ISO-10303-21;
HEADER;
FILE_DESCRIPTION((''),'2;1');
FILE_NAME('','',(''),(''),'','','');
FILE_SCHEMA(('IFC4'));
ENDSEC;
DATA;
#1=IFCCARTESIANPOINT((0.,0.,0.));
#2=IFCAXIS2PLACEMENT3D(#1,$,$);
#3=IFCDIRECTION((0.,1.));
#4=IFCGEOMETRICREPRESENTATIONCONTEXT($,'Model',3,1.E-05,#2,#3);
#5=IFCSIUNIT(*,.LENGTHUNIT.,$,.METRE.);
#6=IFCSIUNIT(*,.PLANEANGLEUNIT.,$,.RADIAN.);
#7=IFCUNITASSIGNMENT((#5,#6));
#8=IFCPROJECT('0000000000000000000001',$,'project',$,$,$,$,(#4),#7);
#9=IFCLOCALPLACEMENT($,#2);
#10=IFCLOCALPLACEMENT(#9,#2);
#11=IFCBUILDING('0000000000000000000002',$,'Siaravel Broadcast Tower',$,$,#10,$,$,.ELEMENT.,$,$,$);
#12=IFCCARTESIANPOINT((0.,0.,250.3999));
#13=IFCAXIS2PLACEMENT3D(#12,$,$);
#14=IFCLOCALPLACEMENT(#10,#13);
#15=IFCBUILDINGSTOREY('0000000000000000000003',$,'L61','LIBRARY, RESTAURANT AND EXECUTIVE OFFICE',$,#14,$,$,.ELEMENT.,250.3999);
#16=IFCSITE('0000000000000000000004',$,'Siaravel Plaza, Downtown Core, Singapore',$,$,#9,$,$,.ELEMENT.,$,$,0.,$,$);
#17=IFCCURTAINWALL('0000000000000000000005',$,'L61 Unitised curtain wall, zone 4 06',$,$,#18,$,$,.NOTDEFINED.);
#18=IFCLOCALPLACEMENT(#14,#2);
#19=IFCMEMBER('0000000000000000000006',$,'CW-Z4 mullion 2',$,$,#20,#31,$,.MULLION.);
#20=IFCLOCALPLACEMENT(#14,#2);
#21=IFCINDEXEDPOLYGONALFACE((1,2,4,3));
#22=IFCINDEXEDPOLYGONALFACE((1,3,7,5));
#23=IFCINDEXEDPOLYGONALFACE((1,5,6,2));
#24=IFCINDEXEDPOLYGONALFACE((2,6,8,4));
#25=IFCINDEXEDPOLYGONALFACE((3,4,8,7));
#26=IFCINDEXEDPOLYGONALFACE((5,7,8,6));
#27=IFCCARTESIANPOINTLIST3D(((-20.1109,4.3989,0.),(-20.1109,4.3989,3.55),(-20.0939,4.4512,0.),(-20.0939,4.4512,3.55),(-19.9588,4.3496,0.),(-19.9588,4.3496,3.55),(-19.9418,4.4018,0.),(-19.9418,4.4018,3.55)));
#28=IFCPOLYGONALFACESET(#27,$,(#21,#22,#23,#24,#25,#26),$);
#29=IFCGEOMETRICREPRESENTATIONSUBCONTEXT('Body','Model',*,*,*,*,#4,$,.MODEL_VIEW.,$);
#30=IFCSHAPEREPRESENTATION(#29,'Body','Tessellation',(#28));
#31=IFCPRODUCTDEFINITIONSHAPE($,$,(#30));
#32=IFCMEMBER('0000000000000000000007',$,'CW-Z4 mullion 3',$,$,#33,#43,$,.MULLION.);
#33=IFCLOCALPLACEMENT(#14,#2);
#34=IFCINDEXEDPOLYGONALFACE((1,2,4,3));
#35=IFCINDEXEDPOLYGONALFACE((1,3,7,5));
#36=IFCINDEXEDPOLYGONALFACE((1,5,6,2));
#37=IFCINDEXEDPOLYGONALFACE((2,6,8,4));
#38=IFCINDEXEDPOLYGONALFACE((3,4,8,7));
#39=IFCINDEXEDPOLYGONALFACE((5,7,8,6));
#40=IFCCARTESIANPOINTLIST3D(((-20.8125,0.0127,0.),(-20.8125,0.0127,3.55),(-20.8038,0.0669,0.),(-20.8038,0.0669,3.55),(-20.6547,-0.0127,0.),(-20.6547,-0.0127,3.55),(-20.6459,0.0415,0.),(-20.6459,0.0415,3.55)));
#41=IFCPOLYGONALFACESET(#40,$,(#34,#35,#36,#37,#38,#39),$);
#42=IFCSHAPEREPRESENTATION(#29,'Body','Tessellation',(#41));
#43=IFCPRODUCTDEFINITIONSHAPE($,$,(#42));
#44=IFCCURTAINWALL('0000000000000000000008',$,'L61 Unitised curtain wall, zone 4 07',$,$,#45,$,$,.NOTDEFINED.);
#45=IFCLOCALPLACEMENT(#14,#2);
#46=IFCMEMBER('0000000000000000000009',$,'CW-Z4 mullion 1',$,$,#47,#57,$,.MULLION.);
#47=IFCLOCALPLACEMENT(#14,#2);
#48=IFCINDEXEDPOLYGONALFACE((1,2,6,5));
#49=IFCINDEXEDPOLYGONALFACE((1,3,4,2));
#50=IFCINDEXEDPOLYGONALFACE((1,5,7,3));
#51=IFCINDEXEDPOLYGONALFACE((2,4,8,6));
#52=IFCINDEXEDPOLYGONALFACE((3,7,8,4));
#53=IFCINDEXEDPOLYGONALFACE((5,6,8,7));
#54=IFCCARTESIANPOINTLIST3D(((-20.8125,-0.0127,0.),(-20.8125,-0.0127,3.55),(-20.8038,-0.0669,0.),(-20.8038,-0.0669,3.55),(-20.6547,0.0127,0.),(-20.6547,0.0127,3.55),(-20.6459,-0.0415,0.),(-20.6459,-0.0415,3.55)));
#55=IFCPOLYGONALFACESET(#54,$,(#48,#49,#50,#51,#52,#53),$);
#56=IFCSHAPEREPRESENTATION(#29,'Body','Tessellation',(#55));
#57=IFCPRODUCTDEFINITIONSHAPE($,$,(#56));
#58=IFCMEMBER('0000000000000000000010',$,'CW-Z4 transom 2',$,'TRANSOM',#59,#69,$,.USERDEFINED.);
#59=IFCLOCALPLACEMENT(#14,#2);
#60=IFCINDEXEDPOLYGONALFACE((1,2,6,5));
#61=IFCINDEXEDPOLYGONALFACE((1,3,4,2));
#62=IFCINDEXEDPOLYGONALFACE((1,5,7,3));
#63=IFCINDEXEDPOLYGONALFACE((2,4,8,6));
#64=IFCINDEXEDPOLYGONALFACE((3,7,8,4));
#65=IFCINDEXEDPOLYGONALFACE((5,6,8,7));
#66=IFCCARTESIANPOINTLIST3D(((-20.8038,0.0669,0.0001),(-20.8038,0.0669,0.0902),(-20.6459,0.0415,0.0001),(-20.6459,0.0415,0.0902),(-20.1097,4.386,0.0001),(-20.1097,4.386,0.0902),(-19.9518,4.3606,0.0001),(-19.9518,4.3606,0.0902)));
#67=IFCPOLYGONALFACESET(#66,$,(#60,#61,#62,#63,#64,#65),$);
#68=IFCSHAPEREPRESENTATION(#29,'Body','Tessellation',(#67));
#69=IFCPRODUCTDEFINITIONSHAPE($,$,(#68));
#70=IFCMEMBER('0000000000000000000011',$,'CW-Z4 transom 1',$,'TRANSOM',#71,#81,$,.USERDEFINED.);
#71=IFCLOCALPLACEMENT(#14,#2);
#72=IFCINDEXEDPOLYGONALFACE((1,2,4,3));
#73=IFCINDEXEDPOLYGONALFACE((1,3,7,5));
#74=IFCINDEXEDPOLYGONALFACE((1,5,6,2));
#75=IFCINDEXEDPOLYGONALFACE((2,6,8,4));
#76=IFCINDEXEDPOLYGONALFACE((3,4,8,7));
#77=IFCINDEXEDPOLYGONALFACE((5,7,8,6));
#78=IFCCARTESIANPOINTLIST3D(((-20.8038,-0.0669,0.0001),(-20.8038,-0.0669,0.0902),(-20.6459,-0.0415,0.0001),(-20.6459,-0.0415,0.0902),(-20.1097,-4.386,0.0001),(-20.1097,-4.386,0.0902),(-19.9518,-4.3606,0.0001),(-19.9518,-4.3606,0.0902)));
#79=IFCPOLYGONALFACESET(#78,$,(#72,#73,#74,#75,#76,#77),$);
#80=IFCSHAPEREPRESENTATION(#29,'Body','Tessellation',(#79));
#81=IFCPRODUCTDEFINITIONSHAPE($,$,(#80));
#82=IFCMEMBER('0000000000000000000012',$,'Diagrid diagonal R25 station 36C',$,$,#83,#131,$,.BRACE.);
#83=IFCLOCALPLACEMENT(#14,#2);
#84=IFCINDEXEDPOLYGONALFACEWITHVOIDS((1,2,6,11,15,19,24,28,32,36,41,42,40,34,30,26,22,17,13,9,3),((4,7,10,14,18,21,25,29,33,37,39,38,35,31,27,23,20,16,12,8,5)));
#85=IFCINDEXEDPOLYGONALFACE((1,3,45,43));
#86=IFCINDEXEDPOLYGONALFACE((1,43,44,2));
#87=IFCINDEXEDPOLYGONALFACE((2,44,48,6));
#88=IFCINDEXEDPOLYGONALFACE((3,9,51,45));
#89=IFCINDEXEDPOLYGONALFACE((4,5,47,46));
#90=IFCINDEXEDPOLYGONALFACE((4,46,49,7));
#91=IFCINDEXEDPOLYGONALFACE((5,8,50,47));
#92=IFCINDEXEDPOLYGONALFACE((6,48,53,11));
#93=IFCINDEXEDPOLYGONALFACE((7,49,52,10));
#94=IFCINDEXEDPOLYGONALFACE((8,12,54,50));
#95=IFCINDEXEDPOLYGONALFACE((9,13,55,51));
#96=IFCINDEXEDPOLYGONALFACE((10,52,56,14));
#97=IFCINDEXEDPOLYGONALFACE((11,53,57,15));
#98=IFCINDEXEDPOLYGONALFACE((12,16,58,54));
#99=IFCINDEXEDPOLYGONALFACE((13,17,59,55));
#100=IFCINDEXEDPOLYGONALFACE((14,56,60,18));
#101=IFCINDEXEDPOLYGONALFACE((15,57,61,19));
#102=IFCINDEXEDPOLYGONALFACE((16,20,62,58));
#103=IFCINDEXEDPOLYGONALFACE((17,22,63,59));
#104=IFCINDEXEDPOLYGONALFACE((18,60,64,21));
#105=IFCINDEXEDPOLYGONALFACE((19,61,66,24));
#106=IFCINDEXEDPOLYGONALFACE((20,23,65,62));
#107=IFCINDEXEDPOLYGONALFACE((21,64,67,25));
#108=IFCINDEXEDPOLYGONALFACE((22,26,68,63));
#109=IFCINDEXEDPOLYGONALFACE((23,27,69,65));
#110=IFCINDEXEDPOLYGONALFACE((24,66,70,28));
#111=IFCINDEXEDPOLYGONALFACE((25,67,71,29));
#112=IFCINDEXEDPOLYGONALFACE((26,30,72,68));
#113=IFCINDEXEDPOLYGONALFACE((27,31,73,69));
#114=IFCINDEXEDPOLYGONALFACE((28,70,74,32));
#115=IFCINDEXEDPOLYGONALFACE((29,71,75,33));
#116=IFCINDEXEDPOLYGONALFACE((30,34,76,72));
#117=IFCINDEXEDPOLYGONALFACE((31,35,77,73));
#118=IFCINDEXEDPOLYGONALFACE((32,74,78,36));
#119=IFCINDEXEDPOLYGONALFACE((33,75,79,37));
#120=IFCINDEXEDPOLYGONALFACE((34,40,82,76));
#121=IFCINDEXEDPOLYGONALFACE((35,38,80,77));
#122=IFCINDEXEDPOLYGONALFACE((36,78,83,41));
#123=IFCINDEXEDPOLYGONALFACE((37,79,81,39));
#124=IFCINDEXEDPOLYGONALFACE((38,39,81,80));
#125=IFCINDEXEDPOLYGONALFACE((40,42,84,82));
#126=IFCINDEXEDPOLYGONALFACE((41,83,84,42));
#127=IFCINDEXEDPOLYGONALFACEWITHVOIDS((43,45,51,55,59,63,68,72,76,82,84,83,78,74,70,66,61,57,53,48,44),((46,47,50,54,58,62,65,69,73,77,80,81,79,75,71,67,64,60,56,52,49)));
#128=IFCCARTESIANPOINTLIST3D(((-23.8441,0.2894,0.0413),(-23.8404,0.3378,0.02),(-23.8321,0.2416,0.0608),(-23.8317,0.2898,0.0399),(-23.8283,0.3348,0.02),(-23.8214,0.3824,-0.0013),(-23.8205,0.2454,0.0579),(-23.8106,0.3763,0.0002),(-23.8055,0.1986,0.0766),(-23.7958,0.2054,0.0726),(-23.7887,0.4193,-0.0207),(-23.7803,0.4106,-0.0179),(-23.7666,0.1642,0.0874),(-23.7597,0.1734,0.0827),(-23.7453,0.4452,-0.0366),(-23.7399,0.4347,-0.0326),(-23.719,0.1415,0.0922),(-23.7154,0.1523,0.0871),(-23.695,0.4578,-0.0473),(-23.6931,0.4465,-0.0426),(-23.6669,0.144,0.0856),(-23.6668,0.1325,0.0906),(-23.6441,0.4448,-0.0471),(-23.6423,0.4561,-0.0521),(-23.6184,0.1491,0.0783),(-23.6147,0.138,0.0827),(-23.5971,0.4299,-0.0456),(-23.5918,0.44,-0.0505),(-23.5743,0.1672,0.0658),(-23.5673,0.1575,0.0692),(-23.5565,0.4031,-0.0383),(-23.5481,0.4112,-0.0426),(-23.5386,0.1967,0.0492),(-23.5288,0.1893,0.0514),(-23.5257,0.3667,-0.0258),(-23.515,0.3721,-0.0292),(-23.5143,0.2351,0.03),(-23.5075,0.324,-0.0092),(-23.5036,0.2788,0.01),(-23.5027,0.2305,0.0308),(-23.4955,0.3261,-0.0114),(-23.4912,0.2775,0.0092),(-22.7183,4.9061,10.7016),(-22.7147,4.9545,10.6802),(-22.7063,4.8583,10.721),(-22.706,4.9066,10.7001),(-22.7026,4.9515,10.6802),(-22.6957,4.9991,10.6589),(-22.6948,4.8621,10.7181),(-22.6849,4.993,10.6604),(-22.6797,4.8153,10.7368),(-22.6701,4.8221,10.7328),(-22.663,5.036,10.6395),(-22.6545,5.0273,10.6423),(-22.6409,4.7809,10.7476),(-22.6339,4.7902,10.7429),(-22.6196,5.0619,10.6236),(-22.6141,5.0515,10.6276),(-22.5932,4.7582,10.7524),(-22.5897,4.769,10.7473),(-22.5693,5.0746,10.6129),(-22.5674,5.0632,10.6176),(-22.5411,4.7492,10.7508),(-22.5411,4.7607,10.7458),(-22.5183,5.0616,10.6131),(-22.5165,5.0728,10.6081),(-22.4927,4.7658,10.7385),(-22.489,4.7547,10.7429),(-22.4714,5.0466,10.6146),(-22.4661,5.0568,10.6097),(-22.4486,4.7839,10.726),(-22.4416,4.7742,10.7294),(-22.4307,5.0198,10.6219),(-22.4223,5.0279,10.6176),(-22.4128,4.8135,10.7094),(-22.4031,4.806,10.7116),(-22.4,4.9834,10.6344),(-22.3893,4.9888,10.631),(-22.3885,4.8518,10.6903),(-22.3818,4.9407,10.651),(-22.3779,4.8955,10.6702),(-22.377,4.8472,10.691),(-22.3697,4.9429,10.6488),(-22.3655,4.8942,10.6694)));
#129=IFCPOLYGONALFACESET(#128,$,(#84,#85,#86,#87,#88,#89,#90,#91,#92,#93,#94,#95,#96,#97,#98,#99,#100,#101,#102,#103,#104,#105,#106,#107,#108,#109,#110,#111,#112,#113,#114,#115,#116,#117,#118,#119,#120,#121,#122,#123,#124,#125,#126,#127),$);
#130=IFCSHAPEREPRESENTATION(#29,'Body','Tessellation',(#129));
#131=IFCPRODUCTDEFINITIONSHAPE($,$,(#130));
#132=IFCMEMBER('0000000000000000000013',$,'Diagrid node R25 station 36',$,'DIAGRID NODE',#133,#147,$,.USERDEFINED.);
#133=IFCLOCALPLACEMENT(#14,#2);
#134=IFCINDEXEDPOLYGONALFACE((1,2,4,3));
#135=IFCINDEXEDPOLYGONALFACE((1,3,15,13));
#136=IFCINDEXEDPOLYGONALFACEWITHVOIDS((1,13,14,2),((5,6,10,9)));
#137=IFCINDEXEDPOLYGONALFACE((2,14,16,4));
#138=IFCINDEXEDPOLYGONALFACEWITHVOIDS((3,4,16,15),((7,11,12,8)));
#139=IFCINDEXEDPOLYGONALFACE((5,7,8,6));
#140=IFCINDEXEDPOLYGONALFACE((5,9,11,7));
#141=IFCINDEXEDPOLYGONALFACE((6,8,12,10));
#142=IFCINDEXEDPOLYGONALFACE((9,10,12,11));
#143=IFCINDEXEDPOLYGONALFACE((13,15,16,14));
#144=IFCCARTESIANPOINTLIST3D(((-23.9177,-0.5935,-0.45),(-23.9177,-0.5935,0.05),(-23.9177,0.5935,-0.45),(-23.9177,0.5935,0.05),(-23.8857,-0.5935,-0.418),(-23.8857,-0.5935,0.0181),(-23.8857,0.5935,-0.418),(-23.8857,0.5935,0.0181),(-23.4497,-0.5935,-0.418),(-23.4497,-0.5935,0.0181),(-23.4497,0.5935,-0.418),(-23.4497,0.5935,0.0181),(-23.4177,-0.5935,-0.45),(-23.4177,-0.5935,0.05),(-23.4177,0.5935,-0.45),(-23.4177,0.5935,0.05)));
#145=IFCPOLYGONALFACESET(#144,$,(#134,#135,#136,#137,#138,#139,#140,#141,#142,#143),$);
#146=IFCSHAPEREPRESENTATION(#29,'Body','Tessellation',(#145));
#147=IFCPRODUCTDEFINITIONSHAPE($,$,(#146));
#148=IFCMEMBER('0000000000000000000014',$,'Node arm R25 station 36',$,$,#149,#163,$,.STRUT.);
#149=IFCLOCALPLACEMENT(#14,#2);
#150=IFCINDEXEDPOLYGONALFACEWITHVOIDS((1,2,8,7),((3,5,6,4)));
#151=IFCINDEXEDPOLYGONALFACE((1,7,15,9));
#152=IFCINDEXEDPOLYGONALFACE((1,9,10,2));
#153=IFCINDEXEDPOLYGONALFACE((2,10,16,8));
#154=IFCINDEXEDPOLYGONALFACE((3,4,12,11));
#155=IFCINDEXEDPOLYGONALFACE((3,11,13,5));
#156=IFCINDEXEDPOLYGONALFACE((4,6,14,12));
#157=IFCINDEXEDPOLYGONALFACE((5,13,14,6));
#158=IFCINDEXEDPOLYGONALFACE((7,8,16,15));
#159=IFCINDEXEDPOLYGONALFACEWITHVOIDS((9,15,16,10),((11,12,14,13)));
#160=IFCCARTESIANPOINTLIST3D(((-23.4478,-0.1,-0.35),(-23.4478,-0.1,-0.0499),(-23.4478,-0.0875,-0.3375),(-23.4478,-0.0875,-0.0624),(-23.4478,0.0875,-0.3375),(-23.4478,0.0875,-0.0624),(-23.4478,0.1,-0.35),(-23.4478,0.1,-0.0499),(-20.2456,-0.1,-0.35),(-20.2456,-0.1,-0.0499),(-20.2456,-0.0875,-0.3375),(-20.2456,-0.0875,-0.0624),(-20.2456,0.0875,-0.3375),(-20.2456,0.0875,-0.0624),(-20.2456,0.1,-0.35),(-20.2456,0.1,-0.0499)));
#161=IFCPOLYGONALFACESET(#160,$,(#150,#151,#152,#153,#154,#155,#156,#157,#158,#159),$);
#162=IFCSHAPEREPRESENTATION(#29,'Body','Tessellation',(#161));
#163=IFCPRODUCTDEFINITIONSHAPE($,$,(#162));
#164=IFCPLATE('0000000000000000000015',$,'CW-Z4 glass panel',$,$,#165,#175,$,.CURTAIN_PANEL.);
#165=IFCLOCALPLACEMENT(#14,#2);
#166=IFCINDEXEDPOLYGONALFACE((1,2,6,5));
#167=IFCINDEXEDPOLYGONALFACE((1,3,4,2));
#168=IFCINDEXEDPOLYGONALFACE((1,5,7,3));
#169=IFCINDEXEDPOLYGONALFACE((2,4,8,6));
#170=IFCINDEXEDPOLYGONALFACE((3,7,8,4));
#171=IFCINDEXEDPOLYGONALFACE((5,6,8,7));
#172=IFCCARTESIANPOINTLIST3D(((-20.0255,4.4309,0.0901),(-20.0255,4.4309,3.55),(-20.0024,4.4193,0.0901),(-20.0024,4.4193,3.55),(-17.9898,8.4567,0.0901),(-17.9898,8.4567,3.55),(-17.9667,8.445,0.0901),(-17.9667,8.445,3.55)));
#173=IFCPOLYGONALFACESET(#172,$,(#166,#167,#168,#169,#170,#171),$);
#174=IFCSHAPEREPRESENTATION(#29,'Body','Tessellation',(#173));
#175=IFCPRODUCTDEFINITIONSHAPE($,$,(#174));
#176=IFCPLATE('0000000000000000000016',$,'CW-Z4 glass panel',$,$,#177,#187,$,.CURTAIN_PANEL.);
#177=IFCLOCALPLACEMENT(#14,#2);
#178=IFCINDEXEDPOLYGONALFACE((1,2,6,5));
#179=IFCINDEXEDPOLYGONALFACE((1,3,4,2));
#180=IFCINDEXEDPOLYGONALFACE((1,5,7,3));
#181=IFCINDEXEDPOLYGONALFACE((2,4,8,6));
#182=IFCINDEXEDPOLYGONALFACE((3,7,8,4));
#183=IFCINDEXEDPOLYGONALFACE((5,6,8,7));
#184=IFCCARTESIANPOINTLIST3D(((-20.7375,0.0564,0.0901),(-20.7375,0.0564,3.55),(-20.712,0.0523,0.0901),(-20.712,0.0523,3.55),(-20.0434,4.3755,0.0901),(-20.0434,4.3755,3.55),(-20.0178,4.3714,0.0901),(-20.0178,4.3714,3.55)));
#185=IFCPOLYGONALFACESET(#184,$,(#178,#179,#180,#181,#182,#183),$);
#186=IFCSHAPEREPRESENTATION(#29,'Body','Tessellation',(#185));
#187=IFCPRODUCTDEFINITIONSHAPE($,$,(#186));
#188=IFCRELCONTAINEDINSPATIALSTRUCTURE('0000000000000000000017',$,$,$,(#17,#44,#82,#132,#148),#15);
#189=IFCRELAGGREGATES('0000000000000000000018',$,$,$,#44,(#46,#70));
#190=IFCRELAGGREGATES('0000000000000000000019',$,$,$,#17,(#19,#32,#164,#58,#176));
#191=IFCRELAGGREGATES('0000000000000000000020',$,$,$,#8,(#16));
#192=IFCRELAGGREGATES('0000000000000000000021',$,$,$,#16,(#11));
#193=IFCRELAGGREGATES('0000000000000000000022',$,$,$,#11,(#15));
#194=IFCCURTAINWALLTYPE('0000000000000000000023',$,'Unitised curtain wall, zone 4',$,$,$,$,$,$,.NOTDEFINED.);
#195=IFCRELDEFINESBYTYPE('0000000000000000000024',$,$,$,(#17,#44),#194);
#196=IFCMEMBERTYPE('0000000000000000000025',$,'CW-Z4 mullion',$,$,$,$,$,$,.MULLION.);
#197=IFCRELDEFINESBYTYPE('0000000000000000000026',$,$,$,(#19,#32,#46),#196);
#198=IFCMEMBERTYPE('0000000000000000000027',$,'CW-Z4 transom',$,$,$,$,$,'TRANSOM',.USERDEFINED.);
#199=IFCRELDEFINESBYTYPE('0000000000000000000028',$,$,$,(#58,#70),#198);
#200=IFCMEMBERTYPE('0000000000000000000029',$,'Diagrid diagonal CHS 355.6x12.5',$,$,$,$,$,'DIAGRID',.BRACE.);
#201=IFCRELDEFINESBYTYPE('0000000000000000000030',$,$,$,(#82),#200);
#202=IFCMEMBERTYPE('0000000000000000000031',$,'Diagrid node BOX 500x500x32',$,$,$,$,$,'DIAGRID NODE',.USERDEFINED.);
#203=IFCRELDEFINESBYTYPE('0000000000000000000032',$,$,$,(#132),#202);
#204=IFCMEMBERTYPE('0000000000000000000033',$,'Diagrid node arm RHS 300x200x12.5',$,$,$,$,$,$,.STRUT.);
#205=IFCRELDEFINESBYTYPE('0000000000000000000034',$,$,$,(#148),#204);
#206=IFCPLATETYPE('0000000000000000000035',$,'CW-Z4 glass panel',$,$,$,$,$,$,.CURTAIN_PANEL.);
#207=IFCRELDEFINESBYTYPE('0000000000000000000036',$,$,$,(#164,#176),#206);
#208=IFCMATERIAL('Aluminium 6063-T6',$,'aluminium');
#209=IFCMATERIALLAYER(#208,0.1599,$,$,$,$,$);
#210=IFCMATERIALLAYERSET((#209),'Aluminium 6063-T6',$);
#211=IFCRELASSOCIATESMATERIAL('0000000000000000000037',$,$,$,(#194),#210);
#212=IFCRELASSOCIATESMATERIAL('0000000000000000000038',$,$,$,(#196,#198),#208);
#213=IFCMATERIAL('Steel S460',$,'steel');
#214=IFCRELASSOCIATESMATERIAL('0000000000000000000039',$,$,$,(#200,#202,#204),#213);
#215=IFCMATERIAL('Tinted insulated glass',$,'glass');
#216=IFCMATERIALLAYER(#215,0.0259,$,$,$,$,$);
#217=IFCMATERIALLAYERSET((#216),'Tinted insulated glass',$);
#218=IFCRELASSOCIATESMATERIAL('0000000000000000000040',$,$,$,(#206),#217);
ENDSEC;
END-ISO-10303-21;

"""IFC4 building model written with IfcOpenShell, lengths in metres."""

from ifc_helpers import new_model, si_unit, direction, frame, origin, origin_2d, place, context, subcontext, project, spatial, rectangle, hollow_rectangle, hollow_circle, extrude, material, layer, layer_set, material_profile, profile_set, type_object, element, aggregate, save


model = new_model("IFC4")

# Units and contexts
model_context = context("Model", 3, precision=1e-05, world=origin(), true_north=direction((0.0, 1.0)))
body_context = subcontext(model_context, "Body", "Model", "MODEL_VIEW")
ifc_project = project(units=[si_unit("LENGTHUNIT", "METRE"), si_unit("PLANEANGLEUNIT", "RADIAN")], contexts=[model_context])

# Site, building, storey
site_placement = place(None, origin())
site = spatial("IfcSite", under=ifc_project, at=site_placement, Name="Siaravel Plaza, Downtown Core, Singapore", CompositionType="ELEMENT", RefElevation=0.0)
building_placement = place(site_placement, origin())
building = spatial("IfcBuilding", under=site, at=building_placement, Name="Siaravel Broadcast Tower", CompositionType="ELEMENT")
storey_placement = place(building_placement, frame((0.0, 0.0, 250.3999)))
storey = spatial("IfcBuildingStorey", under=building, at=storey_placement, Name="L61", Description="LIBRARY, RESTAURANT AND EXECUTIVE OFFICE", CompositionType="ELEMENT", Elevation=250.3999)

# Curtain wall, members
ifc_material_1 = material(Name="Aluminium 6063-T6", Category="aluminium")
ifc_layer_1 = layer(ifc_material_1, 0.1599)
ifc_layer_set_1 = layer_set([ifc_layer_1], Name="Aluminium 6063-T6")
curtain_wall_type = type_object("IfcCurtainWallType", Name="Unitised curtain wall, zone 4", PredefinedType="NOTDEFINED", material=ifc_layer_set_1)
curtain_wall_1_placement = place(storey_placement, origin())
curtain_wall_1 = element("IfcCurtainWall", 1, at=curtain_wall_1_placement, inside=storey, type_object=curtain_wall_type, Name="L61 Unitised curtain wall, zone 4 06", PredefinedType="NOTDEFINED")
ifc_material_profile_1 = material_profile(ifc_material_1, rectangle(XDim=0.1599, YDim=0.0549, at=origin_2d()))
ifc_profile_set_1 = profile_set([ifc_material_profile_1], Name="Aluminium 6063-T6")
member_type_1 = type_object("IfcMemberType", Name="CW-Z4 mullion", PredefinedType="MULLION", material=ifc_profile_set_1)
member_1_placement = place(storey_placement, frame((-20.0264, 4.4004, 0.0), z_axis=(0.0, 0.0, 1.0), x_axis=(0.951178, -0.308644, 0.0)))
member_1 = element("IfcMember", 2, at=member_1_placement, type_object=member_type_1, Name="CW-Z4 mullion 2", PredefinedType="MULLION", context=body_context, shape_type="SweptSolid", body=[
    extrude(rectangle(XDim=0.1599, YDim=0.0549, at=origin_2d()), origin(), (0.0, 0.0, 1.0), 3.55),
])
member_2_placement = place(storey_placement, frame((-20.7292, 0.0271, 0.0), z_axis=(0.0, 0.0, 1.0), x_axis=(0.987329, -0.158685, 0.0)))
member_2 = element("IfcMember", 3, at=member_2_placement, type_object=member_type_1, Name="CW-Z4 mullion 3", PredefinedType="MULLION", context=body_context, shape_type="SweptSolid", body=[
    extrude(rectangle(XDim=0.1599, YDim=0.0549, at=origin_2d()), origin(), (0.0, 0.0, 1.0), 3.55),
])

# Curtain wall, member
curtain_wall_2_placement = place(storey_placement, origin())
curtain_wall_2 = element("IfcCurtainWall", 4, at=curtain_wall_2_placement, inside=storey, type_object=curtain_wall_type, Name="L61 Unitised curtain wall, zone 4 07", PredefinedType="NOTDEFINED")
member_3_placement = place(storey_placement, frame((-20.7292, -0.0271, 0.0), z_axis=(0.0, 0.0, 1.0), x_axis=(0.987329, 0.158685, 0.0)))
member_3 = element("IfcMember", 5, at=member_3_placement, type_object=member_type_1, Name="CW-Z4 mullion 1", PredefinedType="MULLION", context=body_context, shape_type="SweptSolid", body=[
    extrude(rectangle(XDim=0.1599, YDim=0.0549, at=origin_2d()), origin(), (0.0, 0.0, 1.0), 3.55),
])

# Members
ifc_material_profile_2 = material_profile(ifc_material_1, rectangle(XDim=0.1599, YDim=0.0901, at=origin_2d()))
ifc_profile_set_2 = profile_set([ifc_material_profile_2], Name="Aluminium 6063-T6")
member_type_2 = type_object("IfcMemberType", Name="CW-Z4 transom", ElementType="TRANSOM", PredefinedType="USERDEFINED", material=ifc_profile_set_2)
member_4_placement = place(storey_placement, frame((-20.0308, 4.3733, 0.0452), z_axis=(-0.158667, -0.987332, 0.0), x_axis=(0.987332, -0.158667, 0.0)))
member_4 = element("IfcMember", 6, at=member_4_placement, type_object=member_type_2, Name="CW-Z4 transom 2", ObjectType="TRANSOM", PredefinedType="USERDEFINED", context=body_context, shape_type="SweptSolid", body=[
    extrude(rectangle(XDim=0.1599, YDim=0.0901, at=origin_2d()), origin(), (0.0, 0.0, 1.0), 4.3745),
])
member_5_placement = place(storey_placement, frame((-20.7249, -0.0542, 0.0452), z_axis=(0.158667, -0.987332, 0.0), x_axis=(0.987332, 0.158667, 0.0)))
member_5 = element("IfcMember", 7, at=member_5_placement, type_object=member_type_2, Name="CW-Z4 transom 1", ObjectType="TRANSOM", PredefinedType="USERDEFINED", context=body_context, shape_type="SweptSolid", body=[
    extrude(rectangle(XDim=0.1599, YDim=0.0901, at=origin_2d()), origin(), (0.0, 0.0, 1.0), 4.3745),
])
aggregate(curtain_wall_2, [member_3, member_5])

# Members
ifc_material_2 = material(Name="Steel S460", Category="steel")
ifc_material_profile_3 = material_profile(ifc_material_2, hollow_circle(Radius=0.1777, WallThickness=0.0125, at=origin_2d()))
ifc_profile_set_3 = profile_set([ifc_material_profile_3], Name="Steel S460")
member_type_3 = type_object("IfcMemberType", Name="Diagrid diagonal CHS 355.6x12.5", ElementType="DIAGRID", PredefinedType="BRACE", material=ifc_profile_set_3)
member_6_placement = place(storey_placement, frame((-23.6677, 0.2957, 0.02), z_axis=(0.096453, 0.395559, 0.913362), x_axis=(-0.971534, 0.236898, 0.0)))
element("IfcMember", 8, at=member_6_placement, inside=storey, type_object=member_type_3, Name="Diagrid diagonal R25 station 36C", PredefinedType="BRACE", context=body_context, shape_type="SweptSolid", body=[
    extrude(hollow_circle(Radius=0.1777, WallThickness=0.0125, at=origin_2d()), origin(), (0.0, 0.0, 1.0), 11.6714),
])
ifc_material_profile_4 = material_profile(ifc_material_2, hollow_rectangle(XDim=0.5, YDim=0.5, WallThickness=0.032, at=origin_2d()))
ifc_profile_set_4 = profile_set([ifc_material_profile_4], Name="Steel S460")
member_type_4 = type_object("IfcMemberType", Name="Diagrid node BOX 500x500x32", ElementType="DIAGRID NODE", PredefinedType="USERDEFINED", material=ifc_profile_set_4)
member_7_placement = place(storey_placement, frame((-23.6677, 0.5935, -0.2), z_axis=(0.0, -1.0, 0.0), x_axis=(1.0, 0.0, 0.0)))
element("IfcMember", 9, at=member_7_placement, inside=storey, type_object=member_type_4, Name="Diagrid node R25 station 36", ObjectType="DIAGRID NODE", PredefinedType="USERDEFINED", context=body_context, shape_type="SweptSolid", body=[
    extrude(hollow_rectangle(XDim=0.5, YDim=0.5, WallThickness=0.032, at=origin_2d()), origin(), (0.0, 0.0, 1.0), 1.187),
])
ifc_material_profile_5 = material_profile(ifc_material_2, hollow_rectangle(XDim=0.2, YDim=0.3, WallThickness=0.0125, at=origin_2d()))
ifc_profile_set_5 = profile_set([ifc_material_profile_5], Name="Steel S460")
member_type_5 = type_object("IfcMemberType", Name="Diagrid node arm RHS 300x200x12.5", PredefinedType="STRUT", material=ifc_profile_set_5)
member_8_placement = place(storey_placement, frame((-20.2456, 0.0, -0.2), z_axis=(-1.0, 0.0, 0.0), x_axis=(0.0, -1.0, 0.0)))
element("IfcMember", 10, at=member_8_placement, inside=storey, type_object=member_type_5, Name="Node arm R25 station 36", PredefinedType="STRUT", context=body_context, shape_type="SweptSolid", body=[
    extrude(hollow_rectangle(XDim=0.2, YDim=0.3, WallThickness=0.0125, at=origin_2d()), origin(), (0.0, 0.0, 1.0), 3.2021),
])

# Plates
ifc_material_3 = material(Name="Tinted insulated glass", Category="glass")
ifc_layer_2 = layer(ifc_material_3, 0.0259)
ifc_layer_set_2 = layer_set([ifc_layer_2], Name="Tinted insulated glass")
plate_type = type_object("IfcPlateType", Name="CW-Z4 glass panel", PredefinedType="CURTAIN_PANEL", material=ifc_layer_set_2)
plate_1_placement = place(storey_placement, frame((-18.9961, 6.438, 0.0901), z_axis=(0.0, 0.0, 1.0), x_axis=(-0.451259, -0.892393, 0.0)))
plate_1 = element("IfcPlate", 11, at=plate_1_placement, type_object=plate_type, Name="CW-Z4 glass panel", PredefinedType="CURTAIN_PANEL", context=body_context, shape_type="SweptSolid", body=[
    extrude(rectangle(XDim=4.5112, YDim=0.0259, at=origin_2d()), origin(), (0.0, 0.0, 1.0), 3.46),
])
plate_2_placement = place(storey_placement, frame((-20.3777, 2.2139, 0.0901), z_axis=(0.0, 0.0, 1.0), x_axis=(-0.158685, -0.987329, 0.0)))
plate_2 = element("IfcPlate", 12, at=plate_2_placement, type_object=plate_type, Name="CW-Z4 glass panel", PredefinedType="CURTAIN_PANEL", context=body_context, shape_type="SweptSolid", body=[
    extrude(rectangle(XDim=4.3745, YDim=0.0259, at=origin_2d()), origin(), (0.0, 0.0, 1.0), 3.46),
])
aggregate(curtain_wall_1, [member_1, member_2, plate_1, member_4, plate_2])

save(model, "model.ifc")
